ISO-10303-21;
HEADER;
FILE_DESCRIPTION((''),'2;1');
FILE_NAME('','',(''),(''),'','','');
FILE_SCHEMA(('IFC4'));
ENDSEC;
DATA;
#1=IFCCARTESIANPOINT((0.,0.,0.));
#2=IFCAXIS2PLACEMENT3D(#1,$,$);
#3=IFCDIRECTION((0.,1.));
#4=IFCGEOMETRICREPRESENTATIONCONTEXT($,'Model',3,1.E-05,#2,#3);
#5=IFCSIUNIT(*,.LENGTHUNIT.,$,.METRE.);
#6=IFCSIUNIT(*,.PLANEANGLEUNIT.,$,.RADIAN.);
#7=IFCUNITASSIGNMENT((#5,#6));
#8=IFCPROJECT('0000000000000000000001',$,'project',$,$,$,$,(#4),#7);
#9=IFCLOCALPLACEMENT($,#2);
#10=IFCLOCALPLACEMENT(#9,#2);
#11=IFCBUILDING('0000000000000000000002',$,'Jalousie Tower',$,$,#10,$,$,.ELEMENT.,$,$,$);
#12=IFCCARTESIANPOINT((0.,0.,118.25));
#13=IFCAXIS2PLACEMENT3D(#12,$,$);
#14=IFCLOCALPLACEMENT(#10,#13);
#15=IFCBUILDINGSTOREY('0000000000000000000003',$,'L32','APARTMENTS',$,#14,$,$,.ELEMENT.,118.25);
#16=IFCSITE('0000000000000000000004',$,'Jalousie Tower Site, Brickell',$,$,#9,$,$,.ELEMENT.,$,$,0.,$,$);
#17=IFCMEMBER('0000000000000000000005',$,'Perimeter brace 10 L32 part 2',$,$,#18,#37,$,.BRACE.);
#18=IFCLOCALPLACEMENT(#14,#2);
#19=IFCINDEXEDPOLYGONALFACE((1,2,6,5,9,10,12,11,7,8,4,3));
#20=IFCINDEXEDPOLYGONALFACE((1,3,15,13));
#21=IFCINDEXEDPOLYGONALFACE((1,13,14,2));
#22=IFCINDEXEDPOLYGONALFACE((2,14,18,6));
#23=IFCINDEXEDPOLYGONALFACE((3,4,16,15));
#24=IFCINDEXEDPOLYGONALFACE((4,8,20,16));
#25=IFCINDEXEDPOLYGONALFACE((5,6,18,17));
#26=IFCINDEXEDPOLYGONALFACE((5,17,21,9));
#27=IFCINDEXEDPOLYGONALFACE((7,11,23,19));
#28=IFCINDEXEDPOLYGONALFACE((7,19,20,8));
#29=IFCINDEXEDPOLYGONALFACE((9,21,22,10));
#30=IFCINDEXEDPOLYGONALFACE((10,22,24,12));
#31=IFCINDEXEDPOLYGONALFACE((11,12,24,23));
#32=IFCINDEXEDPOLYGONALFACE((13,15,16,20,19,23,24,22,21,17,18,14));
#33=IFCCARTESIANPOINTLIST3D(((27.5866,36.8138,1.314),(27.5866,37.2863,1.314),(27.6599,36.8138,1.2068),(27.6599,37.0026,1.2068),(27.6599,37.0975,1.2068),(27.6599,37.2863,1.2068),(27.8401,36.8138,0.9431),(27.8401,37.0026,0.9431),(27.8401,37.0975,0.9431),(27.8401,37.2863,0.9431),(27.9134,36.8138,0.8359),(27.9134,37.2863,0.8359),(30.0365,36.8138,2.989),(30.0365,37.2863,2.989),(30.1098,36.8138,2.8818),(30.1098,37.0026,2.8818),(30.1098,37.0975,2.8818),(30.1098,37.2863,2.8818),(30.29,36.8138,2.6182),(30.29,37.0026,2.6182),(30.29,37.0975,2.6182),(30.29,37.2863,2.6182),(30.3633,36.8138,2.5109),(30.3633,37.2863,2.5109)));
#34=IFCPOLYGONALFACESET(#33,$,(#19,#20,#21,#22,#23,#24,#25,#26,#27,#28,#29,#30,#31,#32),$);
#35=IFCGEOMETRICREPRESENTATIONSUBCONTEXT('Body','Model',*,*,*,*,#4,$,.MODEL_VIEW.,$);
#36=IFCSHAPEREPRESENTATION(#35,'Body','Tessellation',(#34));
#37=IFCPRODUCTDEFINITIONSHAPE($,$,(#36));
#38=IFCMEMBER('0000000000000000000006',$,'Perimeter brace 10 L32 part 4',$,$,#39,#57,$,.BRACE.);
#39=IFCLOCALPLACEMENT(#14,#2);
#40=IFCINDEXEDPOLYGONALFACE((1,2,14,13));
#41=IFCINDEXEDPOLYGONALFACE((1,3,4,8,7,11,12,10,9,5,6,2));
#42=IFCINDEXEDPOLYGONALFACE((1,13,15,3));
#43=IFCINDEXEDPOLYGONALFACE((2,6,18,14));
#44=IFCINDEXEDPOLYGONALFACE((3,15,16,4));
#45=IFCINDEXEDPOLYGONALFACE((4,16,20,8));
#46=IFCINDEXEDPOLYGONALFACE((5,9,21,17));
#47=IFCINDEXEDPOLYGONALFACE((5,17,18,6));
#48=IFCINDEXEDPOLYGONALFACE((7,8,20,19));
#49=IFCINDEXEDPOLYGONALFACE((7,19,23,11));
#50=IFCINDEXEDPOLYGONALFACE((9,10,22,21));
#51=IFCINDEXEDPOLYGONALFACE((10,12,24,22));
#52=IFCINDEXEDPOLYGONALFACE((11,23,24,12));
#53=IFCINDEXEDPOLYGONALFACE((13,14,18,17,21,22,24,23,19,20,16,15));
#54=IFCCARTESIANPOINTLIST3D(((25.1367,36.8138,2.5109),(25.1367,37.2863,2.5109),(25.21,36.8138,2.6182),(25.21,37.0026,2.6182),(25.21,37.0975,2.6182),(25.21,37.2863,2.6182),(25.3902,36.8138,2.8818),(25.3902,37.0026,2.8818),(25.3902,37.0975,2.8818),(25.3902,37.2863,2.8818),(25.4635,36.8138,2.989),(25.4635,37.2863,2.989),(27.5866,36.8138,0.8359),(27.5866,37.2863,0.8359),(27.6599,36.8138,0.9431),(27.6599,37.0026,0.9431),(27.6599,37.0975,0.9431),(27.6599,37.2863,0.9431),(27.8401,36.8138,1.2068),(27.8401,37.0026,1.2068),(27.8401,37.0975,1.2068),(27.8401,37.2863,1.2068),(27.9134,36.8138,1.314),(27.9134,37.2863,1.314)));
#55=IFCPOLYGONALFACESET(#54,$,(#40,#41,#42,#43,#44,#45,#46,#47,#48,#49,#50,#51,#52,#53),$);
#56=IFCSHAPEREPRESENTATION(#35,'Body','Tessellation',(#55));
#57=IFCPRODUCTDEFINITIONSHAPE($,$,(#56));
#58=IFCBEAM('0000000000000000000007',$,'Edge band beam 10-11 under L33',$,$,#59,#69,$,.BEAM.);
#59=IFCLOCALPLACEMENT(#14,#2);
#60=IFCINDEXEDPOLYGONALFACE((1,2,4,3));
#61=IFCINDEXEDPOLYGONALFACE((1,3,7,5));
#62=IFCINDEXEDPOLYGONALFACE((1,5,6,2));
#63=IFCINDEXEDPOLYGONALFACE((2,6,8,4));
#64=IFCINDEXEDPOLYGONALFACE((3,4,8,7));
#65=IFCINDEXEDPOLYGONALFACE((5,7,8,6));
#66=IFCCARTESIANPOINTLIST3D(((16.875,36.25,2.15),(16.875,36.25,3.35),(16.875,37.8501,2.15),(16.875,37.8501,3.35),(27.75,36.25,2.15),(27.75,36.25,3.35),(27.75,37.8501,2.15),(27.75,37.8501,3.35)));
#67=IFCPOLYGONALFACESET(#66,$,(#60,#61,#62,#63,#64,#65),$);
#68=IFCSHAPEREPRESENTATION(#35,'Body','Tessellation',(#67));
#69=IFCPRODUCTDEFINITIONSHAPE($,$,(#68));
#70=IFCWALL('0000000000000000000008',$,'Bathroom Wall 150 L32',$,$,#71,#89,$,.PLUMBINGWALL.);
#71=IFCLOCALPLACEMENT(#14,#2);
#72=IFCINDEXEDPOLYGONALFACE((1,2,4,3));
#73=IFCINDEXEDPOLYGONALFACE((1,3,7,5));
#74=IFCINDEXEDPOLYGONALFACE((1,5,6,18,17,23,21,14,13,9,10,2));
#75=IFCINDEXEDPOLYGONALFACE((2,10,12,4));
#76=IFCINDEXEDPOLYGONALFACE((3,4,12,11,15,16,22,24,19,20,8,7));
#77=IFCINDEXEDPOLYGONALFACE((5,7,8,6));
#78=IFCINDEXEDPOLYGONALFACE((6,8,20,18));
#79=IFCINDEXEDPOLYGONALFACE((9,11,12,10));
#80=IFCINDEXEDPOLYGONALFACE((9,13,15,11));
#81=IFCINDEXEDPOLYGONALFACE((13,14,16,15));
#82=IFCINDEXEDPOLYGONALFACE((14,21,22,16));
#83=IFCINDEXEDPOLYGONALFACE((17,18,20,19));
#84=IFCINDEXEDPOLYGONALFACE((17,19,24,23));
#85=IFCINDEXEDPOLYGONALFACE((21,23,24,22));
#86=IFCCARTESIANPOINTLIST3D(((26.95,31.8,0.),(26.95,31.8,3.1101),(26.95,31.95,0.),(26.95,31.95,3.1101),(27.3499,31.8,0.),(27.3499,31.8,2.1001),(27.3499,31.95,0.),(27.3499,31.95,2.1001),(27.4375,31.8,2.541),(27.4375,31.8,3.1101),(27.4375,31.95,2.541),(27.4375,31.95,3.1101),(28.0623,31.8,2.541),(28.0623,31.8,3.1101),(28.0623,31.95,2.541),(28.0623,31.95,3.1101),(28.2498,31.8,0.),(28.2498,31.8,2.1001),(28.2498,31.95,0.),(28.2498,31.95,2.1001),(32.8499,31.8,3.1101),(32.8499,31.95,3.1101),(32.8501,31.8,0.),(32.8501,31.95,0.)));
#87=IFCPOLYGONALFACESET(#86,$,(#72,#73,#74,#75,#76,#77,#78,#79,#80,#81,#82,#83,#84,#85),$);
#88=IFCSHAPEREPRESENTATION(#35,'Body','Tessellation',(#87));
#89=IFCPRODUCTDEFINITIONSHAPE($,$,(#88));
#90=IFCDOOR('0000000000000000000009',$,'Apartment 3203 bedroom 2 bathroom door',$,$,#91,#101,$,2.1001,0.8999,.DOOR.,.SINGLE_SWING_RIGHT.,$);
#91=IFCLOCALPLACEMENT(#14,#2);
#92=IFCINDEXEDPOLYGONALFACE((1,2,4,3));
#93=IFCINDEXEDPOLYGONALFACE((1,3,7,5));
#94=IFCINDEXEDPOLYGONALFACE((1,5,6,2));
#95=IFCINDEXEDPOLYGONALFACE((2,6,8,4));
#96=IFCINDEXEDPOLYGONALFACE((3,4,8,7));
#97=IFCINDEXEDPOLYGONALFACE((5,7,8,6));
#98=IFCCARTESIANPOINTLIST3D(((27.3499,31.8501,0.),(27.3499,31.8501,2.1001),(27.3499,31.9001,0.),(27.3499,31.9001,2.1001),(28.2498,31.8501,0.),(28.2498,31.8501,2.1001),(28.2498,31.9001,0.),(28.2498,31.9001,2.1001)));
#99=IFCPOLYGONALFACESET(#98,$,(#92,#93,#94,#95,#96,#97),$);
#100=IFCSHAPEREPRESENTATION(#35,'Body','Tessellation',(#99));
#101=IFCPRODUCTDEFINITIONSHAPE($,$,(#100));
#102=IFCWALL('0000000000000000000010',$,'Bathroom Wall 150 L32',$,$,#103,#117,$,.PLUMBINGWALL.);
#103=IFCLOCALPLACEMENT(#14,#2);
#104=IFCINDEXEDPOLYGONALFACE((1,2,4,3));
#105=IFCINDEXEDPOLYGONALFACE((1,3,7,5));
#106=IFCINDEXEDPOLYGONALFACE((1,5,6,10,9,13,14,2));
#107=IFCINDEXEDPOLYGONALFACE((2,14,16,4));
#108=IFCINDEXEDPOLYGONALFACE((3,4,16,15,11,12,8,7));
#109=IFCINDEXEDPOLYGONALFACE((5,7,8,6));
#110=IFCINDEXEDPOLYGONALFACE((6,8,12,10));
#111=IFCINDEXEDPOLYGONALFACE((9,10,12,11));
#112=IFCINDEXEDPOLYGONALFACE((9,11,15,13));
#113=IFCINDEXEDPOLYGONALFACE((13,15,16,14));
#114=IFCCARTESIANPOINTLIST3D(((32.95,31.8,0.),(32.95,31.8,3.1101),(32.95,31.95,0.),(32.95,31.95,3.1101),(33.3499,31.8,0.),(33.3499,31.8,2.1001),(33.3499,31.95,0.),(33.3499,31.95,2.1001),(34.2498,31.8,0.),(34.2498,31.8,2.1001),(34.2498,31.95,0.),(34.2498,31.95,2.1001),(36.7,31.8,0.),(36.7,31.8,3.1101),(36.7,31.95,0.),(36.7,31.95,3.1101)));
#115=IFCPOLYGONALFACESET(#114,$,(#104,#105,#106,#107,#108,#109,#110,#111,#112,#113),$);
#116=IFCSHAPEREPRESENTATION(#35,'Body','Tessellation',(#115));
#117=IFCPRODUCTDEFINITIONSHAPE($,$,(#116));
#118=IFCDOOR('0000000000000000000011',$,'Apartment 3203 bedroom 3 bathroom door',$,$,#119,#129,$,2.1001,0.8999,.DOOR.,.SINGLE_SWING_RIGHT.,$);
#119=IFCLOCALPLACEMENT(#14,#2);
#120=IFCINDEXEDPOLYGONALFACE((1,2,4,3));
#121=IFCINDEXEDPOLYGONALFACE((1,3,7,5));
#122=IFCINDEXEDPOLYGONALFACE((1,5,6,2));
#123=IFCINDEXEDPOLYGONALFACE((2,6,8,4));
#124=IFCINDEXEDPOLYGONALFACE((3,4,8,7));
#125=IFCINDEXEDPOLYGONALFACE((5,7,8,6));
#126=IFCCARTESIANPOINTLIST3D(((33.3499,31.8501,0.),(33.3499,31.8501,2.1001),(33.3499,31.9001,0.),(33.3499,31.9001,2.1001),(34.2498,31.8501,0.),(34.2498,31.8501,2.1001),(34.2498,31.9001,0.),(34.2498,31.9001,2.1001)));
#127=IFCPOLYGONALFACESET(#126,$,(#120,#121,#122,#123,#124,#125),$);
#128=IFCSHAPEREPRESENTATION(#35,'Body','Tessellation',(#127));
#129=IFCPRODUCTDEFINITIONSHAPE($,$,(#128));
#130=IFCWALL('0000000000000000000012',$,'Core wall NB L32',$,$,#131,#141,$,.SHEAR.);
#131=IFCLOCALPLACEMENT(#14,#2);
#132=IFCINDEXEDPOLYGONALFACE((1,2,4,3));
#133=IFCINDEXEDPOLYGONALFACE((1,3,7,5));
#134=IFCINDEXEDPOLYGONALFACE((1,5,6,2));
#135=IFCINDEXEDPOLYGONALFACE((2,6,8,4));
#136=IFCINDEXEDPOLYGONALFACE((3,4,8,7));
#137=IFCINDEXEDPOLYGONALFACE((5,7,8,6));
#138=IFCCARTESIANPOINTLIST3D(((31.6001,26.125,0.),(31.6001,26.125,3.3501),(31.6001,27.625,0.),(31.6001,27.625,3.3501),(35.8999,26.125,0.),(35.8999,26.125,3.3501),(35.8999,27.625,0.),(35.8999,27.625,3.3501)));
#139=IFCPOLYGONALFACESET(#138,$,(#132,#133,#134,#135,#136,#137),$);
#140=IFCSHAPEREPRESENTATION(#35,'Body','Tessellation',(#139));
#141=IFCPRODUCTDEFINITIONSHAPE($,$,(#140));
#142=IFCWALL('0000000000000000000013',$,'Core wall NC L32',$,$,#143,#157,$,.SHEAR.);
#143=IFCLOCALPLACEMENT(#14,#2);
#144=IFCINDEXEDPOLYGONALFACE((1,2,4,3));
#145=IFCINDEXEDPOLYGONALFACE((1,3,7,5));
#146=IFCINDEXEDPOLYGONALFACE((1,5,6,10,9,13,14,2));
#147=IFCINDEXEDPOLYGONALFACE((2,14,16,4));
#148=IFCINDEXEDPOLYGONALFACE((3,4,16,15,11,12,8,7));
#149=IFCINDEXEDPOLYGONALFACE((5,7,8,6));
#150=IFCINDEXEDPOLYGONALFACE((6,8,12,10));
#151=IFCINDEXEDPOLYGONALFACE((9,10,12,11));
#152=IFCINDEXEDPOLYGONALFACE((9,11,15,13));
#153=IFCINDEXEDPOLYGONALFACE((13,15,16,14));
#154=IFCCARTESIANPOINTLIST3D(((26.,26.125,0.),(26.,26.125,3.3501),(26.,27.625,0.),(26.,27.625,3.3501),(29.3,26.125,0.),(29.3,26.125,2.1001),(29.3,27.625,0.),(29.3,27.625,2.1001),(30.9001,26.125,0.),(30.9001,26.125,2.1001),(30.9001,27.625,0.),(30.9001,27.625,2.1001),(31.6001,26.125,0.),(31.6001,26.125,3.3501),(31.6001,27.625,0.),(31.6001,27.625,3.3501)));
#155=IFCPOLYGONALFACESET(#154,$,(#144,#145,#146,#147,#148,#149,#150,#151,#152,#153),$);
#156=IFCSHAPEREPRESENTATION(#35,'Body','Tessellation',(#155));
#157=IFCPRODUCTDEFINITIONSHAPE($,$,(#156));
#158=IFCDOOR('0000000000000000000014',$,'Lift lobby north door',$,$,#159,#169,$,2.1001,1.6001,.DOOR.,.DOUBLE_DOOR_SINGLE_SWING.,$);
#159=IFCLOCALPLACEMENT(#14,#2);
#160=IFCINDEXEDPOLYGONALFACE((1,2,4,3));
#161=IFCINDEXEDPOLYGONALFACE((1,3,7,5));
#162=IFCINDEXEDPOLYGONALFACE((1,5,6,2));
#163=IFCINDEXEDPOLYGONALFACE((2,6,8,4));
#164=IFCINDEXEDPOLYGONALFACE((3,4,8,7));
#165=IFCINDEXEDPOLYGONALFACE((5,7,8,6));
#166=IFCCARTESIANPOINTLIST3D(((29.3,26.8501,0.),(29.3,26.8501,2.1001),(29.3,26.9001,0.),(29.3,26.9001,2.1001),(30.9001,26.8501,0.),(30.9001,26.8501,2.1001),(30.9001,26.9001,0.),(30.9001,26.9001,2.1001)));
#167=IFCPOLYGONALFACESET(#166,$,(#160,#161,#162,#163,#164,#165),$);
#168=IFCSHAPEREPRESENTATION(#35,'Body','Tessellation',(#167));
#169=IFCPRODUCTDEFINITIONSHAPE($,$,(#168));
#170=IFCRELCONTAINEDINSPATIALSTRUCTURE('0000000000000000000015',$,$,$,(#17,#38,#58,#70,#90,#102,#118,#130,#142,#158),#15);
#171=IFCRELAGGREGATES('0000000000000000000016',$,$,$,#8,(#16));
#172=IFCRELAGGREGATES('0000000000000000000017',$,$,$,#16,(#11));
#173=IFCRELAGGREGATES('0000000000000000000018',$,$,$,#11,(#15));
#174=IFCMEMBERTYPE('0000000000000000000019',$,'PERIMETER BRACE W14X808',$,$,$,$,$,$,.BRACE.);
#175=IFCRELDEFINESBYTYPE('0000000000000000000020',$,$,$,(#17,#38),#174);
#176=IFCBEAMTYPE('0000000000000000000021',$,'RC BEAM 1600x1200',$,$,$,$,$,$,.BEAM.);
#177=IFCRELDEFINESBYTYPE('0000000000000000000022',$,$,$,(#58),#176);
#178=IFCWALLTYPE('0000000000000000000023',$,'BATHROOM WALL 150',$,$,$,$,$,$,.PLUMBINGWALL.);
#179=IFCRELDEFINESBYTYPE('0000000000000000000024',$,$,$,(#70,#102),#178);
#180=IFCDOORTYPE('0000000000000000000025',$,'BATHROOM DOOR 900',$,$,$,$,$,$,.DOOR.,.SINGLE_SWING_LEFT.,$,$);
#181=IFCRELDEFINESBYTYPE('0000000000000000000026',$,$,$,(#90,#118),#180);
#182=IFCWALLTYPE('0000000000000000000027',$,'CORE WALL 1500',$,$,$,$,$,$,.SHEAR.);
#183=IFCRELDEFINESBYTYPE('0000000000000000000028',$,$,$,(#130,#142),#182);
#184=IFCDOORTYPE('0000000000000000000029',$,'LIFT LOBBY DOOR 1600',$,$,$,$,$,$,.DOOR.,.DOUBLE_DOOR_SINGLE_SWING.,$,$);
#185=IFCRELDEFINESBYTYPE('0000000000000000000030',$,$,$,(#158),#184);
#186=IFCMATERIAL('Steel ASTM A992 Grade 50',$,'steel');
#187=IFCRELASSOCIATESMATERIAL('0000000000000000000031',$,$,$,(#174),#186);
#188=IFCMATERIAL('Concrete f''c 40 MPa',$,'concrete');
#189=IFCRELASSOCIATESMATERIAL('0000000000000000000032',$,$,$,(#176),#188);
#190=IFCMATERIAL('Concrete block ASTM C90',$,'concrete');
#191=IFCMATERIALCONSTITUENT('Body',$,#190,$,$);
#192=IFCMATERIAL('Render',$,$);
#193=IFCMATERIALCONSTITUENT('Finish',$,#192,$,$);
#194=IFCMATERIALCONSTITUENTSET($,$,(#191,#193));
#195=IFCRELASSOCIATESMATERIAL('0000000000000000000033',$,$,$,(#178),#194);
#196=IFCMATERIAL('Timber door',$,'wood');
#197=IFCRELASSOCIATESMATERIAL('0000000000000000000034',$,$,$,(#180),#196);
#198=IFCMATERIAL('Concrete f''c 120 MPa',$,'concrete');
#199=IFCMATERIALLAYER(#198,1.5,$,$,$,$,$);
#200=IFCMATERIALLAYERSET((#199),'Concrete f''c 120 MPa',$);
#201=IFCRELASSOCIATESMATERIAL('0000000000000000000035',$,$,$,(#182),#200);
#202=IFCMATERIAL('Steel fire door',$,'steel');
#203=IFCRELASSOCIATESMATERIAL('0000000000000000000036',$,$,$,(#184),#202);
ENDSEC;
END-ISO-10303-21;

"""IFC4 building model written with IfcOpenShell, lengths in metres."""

from ifc_helpers import new_model, si_unit, direction, frame, frame_2d, origin, origin_2d, place, context, subcontext, project, spatial, polyline, rectangle, i_section, outline, extrude, material, layer, layer_set, constituent, constituent_set, material_profile, profile_set, type_object, element, fill, save


model = new_model("IFC4")

# Units and contexts
model_context = context("Model", 3, precision=1e-05, world=origin(), true_north=direction((0.0, 1.0)))
body_context = subcontext(model_context, "Body", "Model", "MODEL_VIEW")
ifc_project = project(units=[si_unit("LENGTHUNIT", "METRE"), si_unit("PLANEANGLEUNIT", "RADIAN")], contexts=[model_context])

# Site, building, storey
site_placement = place(None, origin())
site = spatial("IfcSite", under=ifc_project, at=site_placement, Name="Jalousie Tower Site, Brickell", CompositionType="ELEMENT", RefElevation=0.0)
building_placement = place(site_placement, origin())
building = spatial("IfcBuilding", under=site, at=building_placement, Name="Jalousie Tower", CompositionType="ELEMENT")
storey_placement = place(building_placement, frame((0.0, 0.0, 118.25)))
storey = spatial("IfcBuildingStorey", under=building, at=storey_placement, Name="L32", Description="APARTMENTS", CompositionType="ELEMENT", Elevation=118.25)

# Members
ifc_material_1 = material(Name="Steel ASTM A992 Grade 50", Category="steel")
ifc_material_profile_1 = material_profile(ifc_material_1, i_section(OverallWidth=0.4724, OverallDepth=0.5791, WebThickness=0.095, FlangeThickness=0.1299, at=origin_2d()), Name="W14X808")
ifc_profile_set_1 = profile_set([ifc_material_profile_1], Name="Steel ASTM A992 Grade 50")
member_type = type_object("IfcMemberType", Name="PERIMETER BRACE W14X808", PredefinedType="BRACE", material=ifc_profile_set_1)
for number, where, z_axis, x_axis, name in (
    (1, (27.75, 37.05, 1.075), (0.825501, 0.0, 0.564401), (0.0, 1.0, 0.0), "Perimeter brace 10 L32 part 2"),
    (2, (27.75, 37.05, 1.075), (-0.825501, 0.0, 0.564401), (0.0, -1.0, 0.0), "Perimeter brace 10 L32 part 4"),
):
    element("IfcMember", number, at=place(storey_placement, frame(where, z_axis=z_axis, x_axis=x_axis)), inside=storey, type_object=member_type, Name=name, PredefinedType="BRACE", context=body_context, shape_type="SweptSolid", body=[
        extrude(i_section(OverallWidth=0.4724, OverallDepth=0.5791, WebThickness=0.095, FlangeThickness=0.1299, at=origin_2d()), origin(), (0.0, 0.0, 1.0), 2.9678),
    ])

# Beam
ifc_material_2 = material(Name="Concrete f'c 40 MPa", Category="concrete")
ifc_material_profile_2 = material_profile(ifc_material_2, rectangle(XDim=1.6001, YDim=1.2, at=origin_2d()), Name="RC 1600x1200")
ifc_profile_set_2 = profile_set([ifc_material_profile_2], Name="Concrete f'c 40 MPa")
beam_type = type_object("IfcBeamType", Name="RC BEAM 1600x1200", PredefinedType="BEAM", material=ifc_profile_set_2)
beam_placement = place(storey_placement, frame((27.75, 37.05, 2.75), z_axis=(-1.0, 0.0, 0.0), x_axis=(0.0, -1.0, 0.0)))
element("IfcBeam", 3, at=beam_placement, inside=storey, type_object=beam_type, Name="Edge band beam 10-11 under L33", PredefinedType="BEAM", context=body_context, shape_type="SweptSolid", body=[
    extrude(rectangle(XDim=1.6001, YDim=1.2, at=origin_2d()), origin(), (0.0, 0.0, 1.0), 10.875),
])

# Walls, openings, doors
ifc_material_3 = material(Name="Concrete block ASTM C90", Category="concrete")
ifc_constituent_1 = constituent(ifc_material_3, Name="Body")
ifc_material_4 = material(Name="Render")
ifc_constituent_2 = constituent(ifc_material_4, Name="Finish")
ifc_constituent_set_1 = constituent_set(constituents=[ifc_constituent_1, ifc_constituent_2])
wall_type_1 = type_object("IfcWallType", Name="BATHROOM WALL 150", PredefinedType="PLUMBINGWALL", material=ifc_constituent_set_1)
wall_1_placement = place(storey_placement, frame((26.95, 31.875, 0.0), z_axis=(0.0, 0.0, 1.0), x_axis=(1.0, 0.0, 0.0)))
wall_1 = element("IfcWall", 4, at=wall_1_placement, inside=storey, type_object=wall_type_1, Name="Bathroom Wall 150 L32", PredefinedType="PLUMBINGWALL", context=body_context, shape_type="SweptSolid", body=[
    extrude(outline(polyline([(0.0, 0.0), (5.9001, 0.0), (5.8999, 3.1101), (1.1123, 3.1101), (1.1123, 2.541), (0.4875, 2.541), (0.4875, 3.1101), (0.0, 3.1101), (0.0, 0.0)])), frame((0.0, 0.075, 0.0), z_axis=(0.0, -1.0, 0.0), x_axis=(1.0, 0.0, 0.0)), (0.0, 0.0, 1.0), 0.1499),
])
opening_1_placement = place(wall_1_placement, frame((0.3999, 0.0, 0.0)))
opening_1 = element("IfcOpeningElement", 5, at=opening_1_placement, cuts=wall_1, PredefinedType="OPENING", context=body_context, shape_type="SweptSolid", body=[
    extrude(rectangle(XDim=0.8999, YDim=2.1001, at=frame_2d((0.45, 1.05))), frame((0.0, 0.085, 0.0), z_axis=(0.0, -1.0, 0.0), x_axis=(1.0, 0.0, 0.0)), (0.0, 0.0, 1.0), 0.1699),
])
ifc_material_5 = material(Name="Timber door", Category="wood")
door_type_1 = type_object("IfcDoorType", Name="BATHROOM DOOR 900", OperationType="SINGLE_SWING_LEFT", PredefinedType="DOOR", material=ifc_material_5)
door_1_placement = place(opening_1_placement, frame((0.8999, 0.0, 0.0), z_axis=(0.0, 0.0, 1.0), x_axis=(-1.0, 0.0, 0.0)))
door_1 = element("IfcDoor", 6, at=door_1_placement, inside=storey, type_object=door_type_1, Name="Apartment 3203 bedroom 2 bathroom door", OperationType="SINGLE_SWING_RIGHT", OverallHeight=2.1001, OverallWidth=0.8999, PredefinedType="DOOR", context=body_context, shape_type="SweptSolid", body=[
    extrude(rectangle(XDim=0.8999, YDim=2.1001, at=frame_2d((0.45, 1.05))), frame((0.0, 0.0249, 0.0), z_axis=(0.0, -1.0, 0.0), x_axis=(1.0, 0.0, 0.0)), (0.0, 0.0, 1.0), 0.05),
])
fill(opening_1, door_1)
wall_2_placement = place(storey_placement, frame((32.95, 31.875, 0.0), z_axis=(0.0, 0.0, 1.0), x_axis=(1.0, 0.0, 0.0)))
wall_2 = element("IfcWall", 7, at=wall_2_placement, inside=storey, type_object=wall_type_1, Name="Bathroom Wall 150 L32", PredefinedType="PLUMBINGWALL", context=body_context, shape_type="SweptSolid", body=[
    extrude(rectangle(XDim=3.75, YDim=0.1499, at=frame_2d((1.875, 0.0))), origin(), (0.0, 0.0, 1.0), 3.1101),
])
opening_2_placement = place(wall_2_placement, frame((0.3999, 0.0, 0.0)))
opening_2 = element("IfcOpeningElement", 8, at=opening_2_placement, cuts=wall_2, PredefinedType="OPENING", context=body_context, shape_type="SweptSolid", body=[
    extrude(rectangle(XDim=0.8999, YDim=2.1001, at=frame_2d((0.45, 1.05))), frame((0.0, 0.085, 0.0), z_axis=(0.0, -1.0, 0.0), x_axis=(1.0, 0.0, 0.0)), (0.0, 0.0, 1.0), 0.1699),
])
door_2_placement = place(opening_2_placement, frame((0.8999, 0.0, 0.0), z_axis=(0.0, 0.0, 1.0), x_axis=(-1.0, 0.0, 0.0)))
door_2 = element("IfcDoor", 9, at=door_2_placement, inside=storey, type_object=door_type_1, Name="Apartment 3203 bedroom 3 bathroom door", OperationType="SINGLE_SWING_RIGHT", OverallHeight=2.1001, OverallWidth=0.8999, PredefinedType="DOOR", context=body_context, shape_type="SweptSolid", body=[
    extrude(rectangle(XDim=0.8999, YDim=2.1001, at=frame_2d((0.45, 1.05))), frame((0.0, 0.0249, 0.0), z_axis=(0.0, -1.0, 0.0), x_axis=(1.0, 0.0, 0.0)), (0.0, 0.0, 1.0), 0.05),
])
fill(opening_2, door_2)

# Wall
ifc_material_6 = material(Name="Concrete f'c 120 MPa", Category="concrete")
ifc_layer_1 = layer(ifc_material_6, 1.5)
ifc_layer_set_1 = layer_set([ifc_layer_1], Name="Concrete f'c 120 MPa")
wall_type_2 = type_object("IfcWallType", Name="CORE WALL 1500", PredefinedType="SHEAR", material=ifc_layer_set_1)
wall_3_placement = place(storey_placement, frame((35.8999, 26.875, 0.0), z_axis=(0.0, 0.0, 1.0), x_axis=(-1.0, 0.0, 0.0)))
element("IfcWall", 10, at=wall_3_placement, inside=storey, type_object=wall_type_2, Name="Core wall NB L32", PredefinedType="SHEAR", context=body_context, shape_type="SweptSolid", body=[
    extrude(rectangle(XDim=4.2998, YDim=1.5, at=frame_2d((2.1499, 0.0))), origin(), (0.0, 0.0, 1.0), 3.3501),
])

# Wall, opening, door
wall_4_placement = place(storey_placement, frame((31.6001, 26.875, 0.0), z_axis=(0.0, 0.0, 1.0), x_axis=(-1.0, 0.0, 0.0)))
wall_4 = element("IfcWall", 11, at=wall_4_placement, inside=storey, type_object=wall_type_2, Name="Core wall NC L32", PredefinedType="SHEAR", context=body_context, shape_type="SweptSolid", body=[
    extrude(rectangle(XDim=5.6001, YDim=1.5, at=frame_2d((2.8, 0.0))), origin(), (0.0, 0.0, 1.0), 3.3501),
])
opening_3_placement = place(wall_4_placement, frame((0.7, 0.0, 0.0)))
opening_3 = element("IfcOpeningElement", 12, at=opening_3_placement, cuts=wall_4, PredefinedType="OPENING", context=body_context, shape_type="SweptSolid", body=[
    extrude(rectangle(XDim=1.6001, YDim=2.1001, at=frame_2d((0.8, 1.05))), frame((0.0, 0.76, 0.0), z_axis=(0.0, -1.0, 0.0), x_axis=(1.0, 0.0, 0.0)), (0.0, 0.0, 1.0), 1.52),
])
ifc_material_7 = material(Name="Steel fire door", Category="steel")
door_type_2 = type_object("IfcDoorType", Name="LIFT LOBBY DOOR 1600", OperationType="DOUBLE_DOOR_SINGLE_SWING", PredefinedType="DOOR", material=ifc_material_7)
door_3_placement = place(opening_3_placement, origin())
door_3 = element("IfcDoor", 13, at=door_3_placement, inside=storey, type_object=door_type_2, Name="Lift lobby north door", OperationType="DOUBLE_DOOR_SINGLE_SWING", OverallHeight=2.1001, OverallWidth=1.6001, PredefinedType="DOOR", context=body_context, shape_type="SweptSolid", body=[
    extrude(rectangle(XDim=1.6001, YDim=2.1001, at=frame_2d((0.8, 1.05))), frame((0.0, 0.0249, 0.0), z_axis=(0.0, -1.0, 0.0), x_axis=(1.0, 0.0, 0.0)), (0.0, 0.0, 1.0), 0.05),
])
fill(opening_3, door_3)

save(model, "model.ifc")
